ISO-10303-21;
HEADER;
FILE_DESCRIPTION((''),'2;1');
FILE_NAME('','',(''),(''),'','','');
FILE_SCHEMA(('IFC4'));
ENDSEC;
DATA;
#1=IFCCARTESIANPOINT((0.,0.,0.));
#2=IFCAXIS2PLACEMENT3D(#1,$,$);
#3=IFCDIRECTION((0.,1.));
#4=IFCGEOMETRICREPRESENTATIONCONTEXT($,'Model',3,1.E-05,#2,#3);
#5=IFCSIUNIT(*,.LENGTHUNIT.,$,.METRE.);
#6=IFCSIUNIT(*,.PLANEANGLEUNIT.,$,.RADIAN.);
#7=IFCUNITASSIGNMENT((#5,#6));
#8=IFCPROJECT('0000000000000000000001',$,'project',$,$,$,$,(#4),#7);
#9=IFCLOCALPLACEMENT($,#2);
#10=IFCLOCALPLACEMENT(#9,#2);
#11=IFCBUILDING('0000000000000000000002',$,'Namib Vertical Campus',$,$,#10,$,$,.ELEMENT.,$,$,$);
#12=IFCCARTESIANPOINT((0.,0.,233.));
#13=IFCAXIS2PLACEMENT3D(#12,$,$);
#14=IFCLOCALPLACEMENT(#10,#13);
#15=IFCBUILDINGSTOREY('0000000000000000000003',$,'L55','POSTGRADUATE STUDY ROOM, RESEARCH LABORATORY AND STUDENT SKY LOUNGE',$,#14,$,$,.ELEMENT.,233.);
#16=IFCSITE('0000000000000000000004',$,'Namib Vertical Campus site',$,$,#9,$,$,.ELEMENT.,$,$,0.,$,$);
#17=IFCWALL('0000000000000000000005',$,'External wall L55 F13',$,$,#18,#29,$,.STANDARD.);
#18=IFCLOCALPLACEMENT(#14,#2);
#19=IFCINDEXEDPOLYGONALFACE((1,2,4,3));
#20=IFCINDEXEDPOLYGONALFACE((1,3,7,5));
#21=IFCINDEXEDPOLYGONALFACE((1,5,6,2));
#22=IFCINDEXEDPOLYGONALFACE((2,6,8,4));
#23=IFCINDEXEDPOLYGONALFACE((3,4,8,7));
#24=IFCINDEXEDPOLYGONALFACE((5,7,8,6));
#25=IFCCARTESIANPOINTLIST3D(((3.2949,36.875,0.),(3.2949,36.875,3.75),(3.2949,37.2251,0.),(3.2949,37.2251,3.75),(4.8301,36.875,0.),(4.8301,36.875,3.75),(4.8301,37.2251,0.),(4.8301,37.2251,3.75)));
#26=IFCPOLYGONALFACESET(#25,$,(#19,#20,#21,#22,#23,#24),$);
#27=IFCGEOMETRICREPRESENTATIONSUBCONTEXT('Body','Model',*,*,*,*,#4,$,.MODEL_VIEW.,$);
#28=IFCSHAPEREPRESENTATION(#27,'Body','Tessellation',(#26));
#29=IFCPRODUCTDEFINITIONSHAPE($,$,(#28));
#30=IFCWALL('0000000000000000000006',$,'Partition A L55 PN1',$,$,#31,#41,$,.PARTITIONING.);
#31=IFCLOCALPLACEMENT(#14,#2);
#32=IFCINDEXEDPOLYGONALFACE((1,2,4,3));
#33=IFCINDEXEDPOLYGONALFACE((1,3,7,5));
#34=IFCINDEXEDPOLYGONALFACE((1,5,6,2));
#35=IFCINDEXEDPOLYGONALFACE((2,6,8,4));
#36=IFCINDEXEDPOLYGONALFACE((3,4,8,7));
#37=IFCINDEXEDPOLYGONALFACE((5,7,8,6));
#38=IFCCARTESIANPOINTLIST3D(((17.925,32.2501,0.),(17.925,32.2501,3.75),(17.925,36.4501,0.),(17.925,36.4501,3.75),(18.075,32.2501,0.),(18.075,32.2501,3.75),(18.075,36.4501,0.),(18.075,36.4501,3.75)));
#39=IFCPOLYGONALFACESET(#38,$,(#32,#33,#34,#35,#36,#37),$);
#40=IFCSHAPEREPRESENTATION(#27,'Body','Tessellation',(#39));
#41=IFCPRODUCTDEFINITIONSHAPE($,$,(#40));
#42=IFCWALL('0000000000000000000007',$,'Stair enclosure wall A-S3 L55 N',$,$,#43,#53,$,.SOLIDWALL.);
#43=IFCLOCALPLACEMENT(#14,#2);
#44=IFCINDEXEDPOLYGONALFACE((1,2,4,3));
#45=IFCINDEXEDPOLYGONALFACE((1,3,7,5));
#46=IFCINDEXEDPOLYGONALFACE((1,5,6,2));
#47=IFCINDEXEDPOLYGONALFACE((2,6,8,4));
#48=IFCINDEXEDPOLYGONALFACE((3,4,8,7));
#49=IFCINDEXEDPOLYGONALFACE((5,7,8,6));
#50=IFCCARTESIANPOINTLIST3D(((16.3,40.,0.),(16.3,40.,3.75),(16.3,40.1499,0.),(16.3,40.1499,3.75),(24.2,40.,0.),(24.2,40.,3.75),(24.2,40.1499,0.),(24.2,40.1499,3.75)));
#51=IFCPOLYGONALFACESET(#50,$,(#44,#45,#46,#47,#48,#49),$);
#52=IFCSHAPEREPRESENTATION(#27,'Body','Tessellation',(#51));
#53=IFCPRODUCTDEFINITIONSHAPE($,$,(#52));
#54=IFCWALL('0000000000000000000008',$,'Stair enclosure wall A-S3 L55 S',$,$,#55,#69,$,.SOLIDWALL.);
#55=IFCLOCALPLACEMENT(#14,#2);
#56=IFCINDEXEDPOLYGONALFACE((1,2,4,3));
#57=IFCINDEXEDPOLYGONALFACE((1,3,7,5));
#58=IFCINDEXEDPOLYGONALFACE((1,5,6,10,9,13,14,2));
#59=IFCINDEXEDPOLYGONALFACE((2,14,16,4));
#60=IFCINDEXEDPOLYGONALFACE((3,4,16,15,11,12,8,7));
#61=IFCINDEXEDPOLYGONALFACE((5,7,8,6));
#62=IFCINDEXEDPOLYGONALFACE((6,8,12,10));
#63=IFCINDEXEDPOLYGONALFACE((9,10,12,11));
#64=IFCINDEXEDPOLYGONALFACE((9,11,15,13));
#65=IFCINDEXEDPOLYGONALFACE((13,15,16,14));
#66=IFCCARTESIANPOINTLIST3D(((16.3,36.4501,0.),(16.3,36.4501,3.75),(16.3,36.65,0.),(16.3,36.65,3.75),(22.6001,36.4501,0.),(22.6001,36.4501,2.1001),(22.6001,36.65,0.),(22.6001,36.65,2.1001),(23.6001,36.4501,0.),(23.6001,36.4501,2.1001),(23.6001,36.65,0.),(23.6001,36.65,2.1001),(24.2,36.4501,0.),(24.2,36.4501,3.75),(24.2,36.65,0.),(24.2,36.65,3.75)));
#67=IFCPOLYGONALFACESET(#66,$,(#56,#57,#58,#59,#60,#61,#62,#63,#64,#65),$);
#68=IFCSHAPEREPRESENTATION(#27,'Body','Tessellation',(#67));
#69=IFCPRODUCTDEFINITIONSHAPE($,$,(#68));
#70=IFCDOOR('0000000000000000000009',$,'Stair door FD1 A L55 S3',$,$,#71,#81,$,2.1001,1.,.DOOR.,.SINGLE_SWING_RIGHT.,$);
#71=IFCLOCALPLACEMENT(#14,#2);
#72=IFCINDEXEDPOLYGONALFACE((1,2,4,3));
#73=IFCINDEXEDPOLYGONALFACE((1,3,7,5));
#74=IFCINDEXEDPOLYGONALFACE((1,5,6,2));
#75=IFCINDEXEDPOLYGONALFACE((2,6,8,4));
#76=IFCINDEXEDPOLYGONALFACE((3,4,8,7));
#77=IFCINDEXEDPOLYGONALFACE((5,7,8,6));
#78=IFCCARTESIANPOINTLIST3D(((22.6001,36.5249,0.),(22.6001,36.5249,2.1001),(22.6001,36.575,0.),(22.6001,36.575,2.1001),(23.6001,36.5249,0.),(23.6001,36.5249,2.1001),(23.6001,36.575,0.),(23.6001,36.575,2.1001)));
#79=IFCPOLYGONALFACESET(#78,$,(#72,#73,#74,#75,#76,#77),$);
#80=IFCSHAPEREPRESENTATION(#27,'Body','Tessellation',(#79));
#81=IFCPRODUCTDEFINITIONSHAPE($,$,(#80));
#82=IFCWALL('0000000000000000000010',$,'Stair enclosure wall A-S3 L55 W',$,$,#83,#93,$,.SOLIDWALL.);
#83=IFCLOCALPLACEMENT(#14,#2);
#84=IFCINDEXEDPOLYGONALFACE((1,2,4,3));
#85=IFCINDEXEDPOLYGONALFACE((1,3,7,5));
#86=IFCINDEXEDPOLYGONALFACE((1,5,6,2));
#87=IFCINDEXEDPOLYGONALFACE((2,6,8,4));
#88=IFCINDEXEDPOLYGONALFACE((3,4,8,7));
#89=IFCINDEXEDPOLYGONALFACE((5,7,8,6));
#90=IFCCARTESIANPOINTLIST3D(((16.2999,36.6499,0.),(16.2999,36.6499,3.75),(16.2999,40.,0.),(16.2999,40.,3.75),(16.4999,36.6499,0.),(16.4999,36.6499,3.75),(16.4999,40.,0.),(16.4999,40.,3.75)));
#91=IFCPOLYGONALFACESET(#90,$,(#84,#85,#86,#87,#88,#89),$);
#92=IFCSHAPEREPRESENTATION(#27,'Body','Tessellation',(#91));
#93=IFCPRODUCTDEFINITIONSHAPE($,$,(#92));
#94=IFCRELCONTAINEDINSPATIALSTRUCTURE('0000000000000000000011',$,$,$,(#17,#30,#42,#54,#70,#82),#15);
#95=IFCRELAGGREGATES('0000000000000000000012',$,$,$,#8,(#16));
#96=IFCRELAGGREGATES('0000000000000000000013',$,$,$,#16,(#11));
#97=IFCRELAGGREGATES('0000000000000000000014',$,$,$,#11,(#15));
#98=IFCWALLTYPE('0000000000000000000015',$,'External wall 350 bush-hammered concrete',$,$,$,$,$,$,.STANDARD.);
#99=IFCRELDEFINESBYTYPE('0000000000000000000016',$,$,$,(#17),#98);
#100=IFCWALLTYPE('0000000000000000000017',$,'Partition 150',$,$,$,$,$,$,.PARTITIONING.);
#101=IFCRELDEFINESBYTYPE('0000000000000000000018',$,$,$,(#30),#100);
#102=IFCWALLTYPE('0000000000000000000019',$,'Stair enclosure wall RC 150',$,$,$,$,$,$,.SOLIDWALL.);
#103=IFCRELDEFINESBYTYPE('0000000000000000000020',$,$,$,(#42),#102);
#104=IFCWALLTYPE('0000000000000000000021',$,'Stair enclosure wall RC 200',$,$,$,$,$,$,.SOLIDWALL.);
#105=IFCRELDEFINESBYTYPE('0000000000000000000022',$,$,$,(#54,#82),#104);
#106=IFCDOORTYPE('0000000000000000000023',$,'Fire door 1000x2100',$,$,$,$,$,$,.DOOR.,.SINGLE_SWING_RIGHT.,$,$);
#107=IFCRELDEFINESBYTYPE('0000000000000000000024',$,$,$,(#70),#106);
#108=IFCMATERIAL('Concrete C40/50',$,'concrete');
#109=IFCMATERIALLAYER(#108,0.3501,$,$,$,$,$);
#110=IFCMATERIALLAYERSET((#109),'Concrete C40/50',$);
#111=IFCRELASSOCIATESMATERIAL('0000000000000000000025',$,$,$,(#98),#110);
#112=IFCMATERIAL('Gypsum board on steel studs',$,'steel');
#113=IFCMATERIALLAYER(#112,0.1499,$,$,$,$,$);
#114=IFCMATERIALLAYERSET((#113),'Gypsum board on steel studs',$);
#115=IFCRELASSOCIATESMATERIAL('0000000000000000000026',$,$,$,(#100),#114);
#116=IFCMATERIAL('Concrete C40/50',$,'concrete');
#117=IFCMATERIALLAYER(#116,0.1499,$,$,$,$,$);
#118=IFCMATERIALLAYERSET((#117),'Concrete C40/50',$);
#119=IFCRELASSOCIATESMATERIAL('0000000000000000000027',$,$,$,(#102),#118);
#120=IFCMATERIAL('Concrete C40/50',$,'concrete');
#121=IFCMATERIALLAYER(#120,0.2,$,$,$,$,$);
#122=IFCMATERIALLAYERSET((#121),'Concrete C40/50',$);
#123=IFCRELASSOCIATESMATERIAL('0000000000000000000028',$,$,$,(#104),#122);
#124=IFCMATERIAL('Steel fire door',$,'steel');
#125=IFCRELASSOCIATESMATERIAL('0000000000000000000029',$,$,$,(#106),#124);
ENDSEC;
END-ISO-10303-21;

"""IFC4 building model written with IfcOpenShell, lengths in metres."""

from ifc_helpers import new_model, si_unit, direction, frame, frame_2d, origin, place, context, subcontext, project, spatial, rectangle, extrude, material, layer, layer_set, type_object, element, fill, save


model = new_model("IFC4")

# Units and contexts
model_context = context("Model", 3, precision=1e-05, world=origin(), true_north=direction((0.0, 1.0)))
body_context = subcontext(model_context, "Body", "Model", "MODEL_VIEW")
ifc_project = project(units=[si_unit("LENGTHUNIT", "METRE"), si_unit("PLANEANGLEUNIT", "RADIAN")], contexts=[model_context])

# Site, building, storey
site_placement = place(None, origin())
site = spatial("IfcSite", under=ifc_project, at=site_placement, Name="Namib Vertical Campus site", CompositionType="ELEMENT", RefElevation=0.0)
building_placement = place(site_placement, origin())
building = spatial("IfcBuilding", under=site, at=building_placement, Name="Namib Vertical Campus", CompositionType="ELEMENT")
storey_placement = place(building_placement, frame((0.0, 0.0, 233.0)))
storey = spatial("IfcBuildingStorey", under=building, at=storey_placement, Name="L55", Description="POSTGRADUATE STUDY ROOM, RESEARCH LABORATORY AND STUDENT SKY LOUNGE", CompositionType="ELEMENT", Elevation=233.0)

# Walls
ifc_material_1 = material(Name="Concrete C40/50", Category="concrete")
ifc_layer_1 = layer(ifc_material_1, 0.3501)
ifc_layer_set_1 = layer_set([ifc_layer_1], Name="Concrete C40/50")
wall_type_1 = type_object("IfcWallType", Name="External wall 350 bush-hammered concrete", PredefinedType="STANDARD", material=ifc_layer_set_1)
wall_1_placement = place(storey_placement, frame((4.8301, 37.05, 0.0), z_axis=(0.0, 0.0, 1.0), x_axis=(-1.0, 0.0, 0.0)))
element("IfcWall", 1, at=wall_1_placement, inside=storey, type_object=wall_type_1, Name="External wall L55 F13", PredefinedType="STANDARD", context=body_context, shape_type="SweptSolid", body=[
    extrude(rectangle(XDim=1.5352, YDim=0.3501, at=frame_2d((0.7676, 0.0))), origin(), (0.0, 0.0, 1.0), 3.75),
])
ifc_material_2 = material(Name="Gypsum board on steel studs", Category="steel")
ifc_layer_2 = layer(ifc_material_2, 0.1499)
ifc_layer_set_2 = layer_set([ifc_layer_2], Name="Gypsum board on steel studs")
wall_type_2 = type_object("IfcWallType", Name="Partition 150", PredefinedType="PARTITIONING", material=ifc_layer_set_2)
wall_2_placement = place(storey_placement, frame((18.0, 32.25, 0.0), z_axis=(0.0, 0.0, 1.0), x_axis=(0.0, 1.0, 0.0)))
element("IfcWall", 2, at=wall_2_placement, inside=storey, type_object=wall_type_2, Name="Partition A L55 PN1", PredefinedType="PARTITIONING", context=body_context, shape_type="SweptSolid", body=[
    extrude(rectangle(XDim=4.2, YDim=0.1499, at=frame_2d((2.1001, 0.0))), origin(), (0.0, 0.0, 1.0), 3.75),
])
ifc_material_3 = material(Name="Concrete C40/50", Category="concrete")
ifc_layer_3 = layer(ifc_material_3, 0.1499)
ifc_layer_set_3 = layer_set([ifc_layer_3], Name="Concrete C40/50")
wall_type_3 = type_object("IfcWallType", Name="Stair enclosure wall RC 150", PredefinedType="SOLIDWALL", material=ifc_layer_set_3)
wall_3_placement = place(storey_placement, frame((16.3, 40.075, 0.0), z_axis=(0.0, 0.0, 1.0), x_axis=(1.0, 0.0, 0.0)))
element("IfcWall", 3, at=wall_3_placement, inside=storey, type_object=wall_type_3, Name="Stair enclosure wall A-S3 L55 N", PredefinedType="SOLIDWALL", context=body_context, shape_type="SweptSolid", body=[
    extrude(rectangle(XDim=7.8999, YDim=0.1499, at=frame_2d((3.95, 0.0))), origin(), (0.0, 0.0, 1.0), 3.75),
])

# Wall, opening, door
ifc_material_4 = material(Name="Concrete C40/50", Category="concrete")
ifc_layer_4 = layer(ifc_material_4, 0.2)
ifc_layer_set_4 = layer_set([ifc_layer_4], Name="Concrete C40/50")
wall_type_4 = type_object("IfcWallType", Name="Stair enclosure wall RC 200", PredefinedType="SOLIDWALL", material=ifc_layer_set_4)
wall_4_placement = place(storey_placement, frame((16.3, 36.55, 0.0), z_axis=(0.0, 0.0, 1.0), x_axis=(1.0, 0.0, 0.0)))
wall_4 = element("IfcWall", 4, at=wall_4_placement, inside=storey, type_object=wall_type_4, Name="Stair enclosure wall A-S3 L55 S", PredefinedType="SOLIDWALL", context=body_context, shape_type="SweptSolid", body=[
    extrude(rectangle(XDim=7.8999, YDim=0.2, at=frame_2d((3.95, 0.0))), origin(), (0.0, 0.0, 1.0), 3.75),
])
opening_1_placement = place(wall_4_placement, frame((6.3, 0.0, 0.0)))
opening_1 = element("IfcOpeningElement", 5, at=opening_1_placement, cuts=wall_4, PredefinedType="OPENING", context=body_context, shape_type="SweptSolid", body=[
    extrude(rectangle(XDim=1.0, YDim=2.1001, at=frame_2d((0.5, 1.05))), frame((0.0, 0.1099, 0.0), z_axis=(0.0, -1.0, 0.0), x_axis=(1.0, 0.0, 0.0)), (0.0, 0.0, 1.0), 0.22),
])
ifc_material_5 = material(Name="Steel fire door", Category="steel")
door_type_1 = type_object("IfcDoorType", Name="Fire door 1000x2100", OperationType="SINGLE_SWING_RIGHT", PredefinedType="DOOR", material=ifc_material_5)
door_1_placement = place(opening_1_placement, origin())
door_1 = element("IfcDoor", 6, at=door_1_placement, inside=storey, type_object=door_type_1, Name="Stair door FD1 A L55 S3", OperationType="SINGLE_SWING_RIGHT", OverallHeight=2.1001, OverallWidth=1.0, PredefinedType="DOOR", context=body_context, shape_type="SweptSolid", body=[
    extrude(rectangle(XDim=1.0, YDim=2.1001, at=frame_2d((0.5, 1.05))), frame((0.0, 0.0249, 0.0), z_axis=(0.0, -1.0, 0.0), x_axis=(1.0, 0.0, 0.0)), (0.0, 0.0, 1.0), 0.05),
])
fill(opening_1, door_1)

# Wall
wall_5_placement = place(storey_placement, frame((16.3999, 36.6499, 0.0), z_axis=(0.0, 0.0, 1.0), x_axis=(0.0, 1.0, 0.0)))
element("IfcWall", 7, at=wall_5_placement, inside=storey, type_object=wall_type_4, Name="Stair enclosure wall A-S3 L55 W", PredefinedType="SOLIDWALL", context=body_context, shape_type="SweptSolid", body=[
    extrude(rectangle(XDim=3.3501, YDim=0.2, at=frame_2d((1.675, 0.0))), origin(), (0.0, 0.0, 1.0), 3.75),
])

save(model, "model.ifc")
